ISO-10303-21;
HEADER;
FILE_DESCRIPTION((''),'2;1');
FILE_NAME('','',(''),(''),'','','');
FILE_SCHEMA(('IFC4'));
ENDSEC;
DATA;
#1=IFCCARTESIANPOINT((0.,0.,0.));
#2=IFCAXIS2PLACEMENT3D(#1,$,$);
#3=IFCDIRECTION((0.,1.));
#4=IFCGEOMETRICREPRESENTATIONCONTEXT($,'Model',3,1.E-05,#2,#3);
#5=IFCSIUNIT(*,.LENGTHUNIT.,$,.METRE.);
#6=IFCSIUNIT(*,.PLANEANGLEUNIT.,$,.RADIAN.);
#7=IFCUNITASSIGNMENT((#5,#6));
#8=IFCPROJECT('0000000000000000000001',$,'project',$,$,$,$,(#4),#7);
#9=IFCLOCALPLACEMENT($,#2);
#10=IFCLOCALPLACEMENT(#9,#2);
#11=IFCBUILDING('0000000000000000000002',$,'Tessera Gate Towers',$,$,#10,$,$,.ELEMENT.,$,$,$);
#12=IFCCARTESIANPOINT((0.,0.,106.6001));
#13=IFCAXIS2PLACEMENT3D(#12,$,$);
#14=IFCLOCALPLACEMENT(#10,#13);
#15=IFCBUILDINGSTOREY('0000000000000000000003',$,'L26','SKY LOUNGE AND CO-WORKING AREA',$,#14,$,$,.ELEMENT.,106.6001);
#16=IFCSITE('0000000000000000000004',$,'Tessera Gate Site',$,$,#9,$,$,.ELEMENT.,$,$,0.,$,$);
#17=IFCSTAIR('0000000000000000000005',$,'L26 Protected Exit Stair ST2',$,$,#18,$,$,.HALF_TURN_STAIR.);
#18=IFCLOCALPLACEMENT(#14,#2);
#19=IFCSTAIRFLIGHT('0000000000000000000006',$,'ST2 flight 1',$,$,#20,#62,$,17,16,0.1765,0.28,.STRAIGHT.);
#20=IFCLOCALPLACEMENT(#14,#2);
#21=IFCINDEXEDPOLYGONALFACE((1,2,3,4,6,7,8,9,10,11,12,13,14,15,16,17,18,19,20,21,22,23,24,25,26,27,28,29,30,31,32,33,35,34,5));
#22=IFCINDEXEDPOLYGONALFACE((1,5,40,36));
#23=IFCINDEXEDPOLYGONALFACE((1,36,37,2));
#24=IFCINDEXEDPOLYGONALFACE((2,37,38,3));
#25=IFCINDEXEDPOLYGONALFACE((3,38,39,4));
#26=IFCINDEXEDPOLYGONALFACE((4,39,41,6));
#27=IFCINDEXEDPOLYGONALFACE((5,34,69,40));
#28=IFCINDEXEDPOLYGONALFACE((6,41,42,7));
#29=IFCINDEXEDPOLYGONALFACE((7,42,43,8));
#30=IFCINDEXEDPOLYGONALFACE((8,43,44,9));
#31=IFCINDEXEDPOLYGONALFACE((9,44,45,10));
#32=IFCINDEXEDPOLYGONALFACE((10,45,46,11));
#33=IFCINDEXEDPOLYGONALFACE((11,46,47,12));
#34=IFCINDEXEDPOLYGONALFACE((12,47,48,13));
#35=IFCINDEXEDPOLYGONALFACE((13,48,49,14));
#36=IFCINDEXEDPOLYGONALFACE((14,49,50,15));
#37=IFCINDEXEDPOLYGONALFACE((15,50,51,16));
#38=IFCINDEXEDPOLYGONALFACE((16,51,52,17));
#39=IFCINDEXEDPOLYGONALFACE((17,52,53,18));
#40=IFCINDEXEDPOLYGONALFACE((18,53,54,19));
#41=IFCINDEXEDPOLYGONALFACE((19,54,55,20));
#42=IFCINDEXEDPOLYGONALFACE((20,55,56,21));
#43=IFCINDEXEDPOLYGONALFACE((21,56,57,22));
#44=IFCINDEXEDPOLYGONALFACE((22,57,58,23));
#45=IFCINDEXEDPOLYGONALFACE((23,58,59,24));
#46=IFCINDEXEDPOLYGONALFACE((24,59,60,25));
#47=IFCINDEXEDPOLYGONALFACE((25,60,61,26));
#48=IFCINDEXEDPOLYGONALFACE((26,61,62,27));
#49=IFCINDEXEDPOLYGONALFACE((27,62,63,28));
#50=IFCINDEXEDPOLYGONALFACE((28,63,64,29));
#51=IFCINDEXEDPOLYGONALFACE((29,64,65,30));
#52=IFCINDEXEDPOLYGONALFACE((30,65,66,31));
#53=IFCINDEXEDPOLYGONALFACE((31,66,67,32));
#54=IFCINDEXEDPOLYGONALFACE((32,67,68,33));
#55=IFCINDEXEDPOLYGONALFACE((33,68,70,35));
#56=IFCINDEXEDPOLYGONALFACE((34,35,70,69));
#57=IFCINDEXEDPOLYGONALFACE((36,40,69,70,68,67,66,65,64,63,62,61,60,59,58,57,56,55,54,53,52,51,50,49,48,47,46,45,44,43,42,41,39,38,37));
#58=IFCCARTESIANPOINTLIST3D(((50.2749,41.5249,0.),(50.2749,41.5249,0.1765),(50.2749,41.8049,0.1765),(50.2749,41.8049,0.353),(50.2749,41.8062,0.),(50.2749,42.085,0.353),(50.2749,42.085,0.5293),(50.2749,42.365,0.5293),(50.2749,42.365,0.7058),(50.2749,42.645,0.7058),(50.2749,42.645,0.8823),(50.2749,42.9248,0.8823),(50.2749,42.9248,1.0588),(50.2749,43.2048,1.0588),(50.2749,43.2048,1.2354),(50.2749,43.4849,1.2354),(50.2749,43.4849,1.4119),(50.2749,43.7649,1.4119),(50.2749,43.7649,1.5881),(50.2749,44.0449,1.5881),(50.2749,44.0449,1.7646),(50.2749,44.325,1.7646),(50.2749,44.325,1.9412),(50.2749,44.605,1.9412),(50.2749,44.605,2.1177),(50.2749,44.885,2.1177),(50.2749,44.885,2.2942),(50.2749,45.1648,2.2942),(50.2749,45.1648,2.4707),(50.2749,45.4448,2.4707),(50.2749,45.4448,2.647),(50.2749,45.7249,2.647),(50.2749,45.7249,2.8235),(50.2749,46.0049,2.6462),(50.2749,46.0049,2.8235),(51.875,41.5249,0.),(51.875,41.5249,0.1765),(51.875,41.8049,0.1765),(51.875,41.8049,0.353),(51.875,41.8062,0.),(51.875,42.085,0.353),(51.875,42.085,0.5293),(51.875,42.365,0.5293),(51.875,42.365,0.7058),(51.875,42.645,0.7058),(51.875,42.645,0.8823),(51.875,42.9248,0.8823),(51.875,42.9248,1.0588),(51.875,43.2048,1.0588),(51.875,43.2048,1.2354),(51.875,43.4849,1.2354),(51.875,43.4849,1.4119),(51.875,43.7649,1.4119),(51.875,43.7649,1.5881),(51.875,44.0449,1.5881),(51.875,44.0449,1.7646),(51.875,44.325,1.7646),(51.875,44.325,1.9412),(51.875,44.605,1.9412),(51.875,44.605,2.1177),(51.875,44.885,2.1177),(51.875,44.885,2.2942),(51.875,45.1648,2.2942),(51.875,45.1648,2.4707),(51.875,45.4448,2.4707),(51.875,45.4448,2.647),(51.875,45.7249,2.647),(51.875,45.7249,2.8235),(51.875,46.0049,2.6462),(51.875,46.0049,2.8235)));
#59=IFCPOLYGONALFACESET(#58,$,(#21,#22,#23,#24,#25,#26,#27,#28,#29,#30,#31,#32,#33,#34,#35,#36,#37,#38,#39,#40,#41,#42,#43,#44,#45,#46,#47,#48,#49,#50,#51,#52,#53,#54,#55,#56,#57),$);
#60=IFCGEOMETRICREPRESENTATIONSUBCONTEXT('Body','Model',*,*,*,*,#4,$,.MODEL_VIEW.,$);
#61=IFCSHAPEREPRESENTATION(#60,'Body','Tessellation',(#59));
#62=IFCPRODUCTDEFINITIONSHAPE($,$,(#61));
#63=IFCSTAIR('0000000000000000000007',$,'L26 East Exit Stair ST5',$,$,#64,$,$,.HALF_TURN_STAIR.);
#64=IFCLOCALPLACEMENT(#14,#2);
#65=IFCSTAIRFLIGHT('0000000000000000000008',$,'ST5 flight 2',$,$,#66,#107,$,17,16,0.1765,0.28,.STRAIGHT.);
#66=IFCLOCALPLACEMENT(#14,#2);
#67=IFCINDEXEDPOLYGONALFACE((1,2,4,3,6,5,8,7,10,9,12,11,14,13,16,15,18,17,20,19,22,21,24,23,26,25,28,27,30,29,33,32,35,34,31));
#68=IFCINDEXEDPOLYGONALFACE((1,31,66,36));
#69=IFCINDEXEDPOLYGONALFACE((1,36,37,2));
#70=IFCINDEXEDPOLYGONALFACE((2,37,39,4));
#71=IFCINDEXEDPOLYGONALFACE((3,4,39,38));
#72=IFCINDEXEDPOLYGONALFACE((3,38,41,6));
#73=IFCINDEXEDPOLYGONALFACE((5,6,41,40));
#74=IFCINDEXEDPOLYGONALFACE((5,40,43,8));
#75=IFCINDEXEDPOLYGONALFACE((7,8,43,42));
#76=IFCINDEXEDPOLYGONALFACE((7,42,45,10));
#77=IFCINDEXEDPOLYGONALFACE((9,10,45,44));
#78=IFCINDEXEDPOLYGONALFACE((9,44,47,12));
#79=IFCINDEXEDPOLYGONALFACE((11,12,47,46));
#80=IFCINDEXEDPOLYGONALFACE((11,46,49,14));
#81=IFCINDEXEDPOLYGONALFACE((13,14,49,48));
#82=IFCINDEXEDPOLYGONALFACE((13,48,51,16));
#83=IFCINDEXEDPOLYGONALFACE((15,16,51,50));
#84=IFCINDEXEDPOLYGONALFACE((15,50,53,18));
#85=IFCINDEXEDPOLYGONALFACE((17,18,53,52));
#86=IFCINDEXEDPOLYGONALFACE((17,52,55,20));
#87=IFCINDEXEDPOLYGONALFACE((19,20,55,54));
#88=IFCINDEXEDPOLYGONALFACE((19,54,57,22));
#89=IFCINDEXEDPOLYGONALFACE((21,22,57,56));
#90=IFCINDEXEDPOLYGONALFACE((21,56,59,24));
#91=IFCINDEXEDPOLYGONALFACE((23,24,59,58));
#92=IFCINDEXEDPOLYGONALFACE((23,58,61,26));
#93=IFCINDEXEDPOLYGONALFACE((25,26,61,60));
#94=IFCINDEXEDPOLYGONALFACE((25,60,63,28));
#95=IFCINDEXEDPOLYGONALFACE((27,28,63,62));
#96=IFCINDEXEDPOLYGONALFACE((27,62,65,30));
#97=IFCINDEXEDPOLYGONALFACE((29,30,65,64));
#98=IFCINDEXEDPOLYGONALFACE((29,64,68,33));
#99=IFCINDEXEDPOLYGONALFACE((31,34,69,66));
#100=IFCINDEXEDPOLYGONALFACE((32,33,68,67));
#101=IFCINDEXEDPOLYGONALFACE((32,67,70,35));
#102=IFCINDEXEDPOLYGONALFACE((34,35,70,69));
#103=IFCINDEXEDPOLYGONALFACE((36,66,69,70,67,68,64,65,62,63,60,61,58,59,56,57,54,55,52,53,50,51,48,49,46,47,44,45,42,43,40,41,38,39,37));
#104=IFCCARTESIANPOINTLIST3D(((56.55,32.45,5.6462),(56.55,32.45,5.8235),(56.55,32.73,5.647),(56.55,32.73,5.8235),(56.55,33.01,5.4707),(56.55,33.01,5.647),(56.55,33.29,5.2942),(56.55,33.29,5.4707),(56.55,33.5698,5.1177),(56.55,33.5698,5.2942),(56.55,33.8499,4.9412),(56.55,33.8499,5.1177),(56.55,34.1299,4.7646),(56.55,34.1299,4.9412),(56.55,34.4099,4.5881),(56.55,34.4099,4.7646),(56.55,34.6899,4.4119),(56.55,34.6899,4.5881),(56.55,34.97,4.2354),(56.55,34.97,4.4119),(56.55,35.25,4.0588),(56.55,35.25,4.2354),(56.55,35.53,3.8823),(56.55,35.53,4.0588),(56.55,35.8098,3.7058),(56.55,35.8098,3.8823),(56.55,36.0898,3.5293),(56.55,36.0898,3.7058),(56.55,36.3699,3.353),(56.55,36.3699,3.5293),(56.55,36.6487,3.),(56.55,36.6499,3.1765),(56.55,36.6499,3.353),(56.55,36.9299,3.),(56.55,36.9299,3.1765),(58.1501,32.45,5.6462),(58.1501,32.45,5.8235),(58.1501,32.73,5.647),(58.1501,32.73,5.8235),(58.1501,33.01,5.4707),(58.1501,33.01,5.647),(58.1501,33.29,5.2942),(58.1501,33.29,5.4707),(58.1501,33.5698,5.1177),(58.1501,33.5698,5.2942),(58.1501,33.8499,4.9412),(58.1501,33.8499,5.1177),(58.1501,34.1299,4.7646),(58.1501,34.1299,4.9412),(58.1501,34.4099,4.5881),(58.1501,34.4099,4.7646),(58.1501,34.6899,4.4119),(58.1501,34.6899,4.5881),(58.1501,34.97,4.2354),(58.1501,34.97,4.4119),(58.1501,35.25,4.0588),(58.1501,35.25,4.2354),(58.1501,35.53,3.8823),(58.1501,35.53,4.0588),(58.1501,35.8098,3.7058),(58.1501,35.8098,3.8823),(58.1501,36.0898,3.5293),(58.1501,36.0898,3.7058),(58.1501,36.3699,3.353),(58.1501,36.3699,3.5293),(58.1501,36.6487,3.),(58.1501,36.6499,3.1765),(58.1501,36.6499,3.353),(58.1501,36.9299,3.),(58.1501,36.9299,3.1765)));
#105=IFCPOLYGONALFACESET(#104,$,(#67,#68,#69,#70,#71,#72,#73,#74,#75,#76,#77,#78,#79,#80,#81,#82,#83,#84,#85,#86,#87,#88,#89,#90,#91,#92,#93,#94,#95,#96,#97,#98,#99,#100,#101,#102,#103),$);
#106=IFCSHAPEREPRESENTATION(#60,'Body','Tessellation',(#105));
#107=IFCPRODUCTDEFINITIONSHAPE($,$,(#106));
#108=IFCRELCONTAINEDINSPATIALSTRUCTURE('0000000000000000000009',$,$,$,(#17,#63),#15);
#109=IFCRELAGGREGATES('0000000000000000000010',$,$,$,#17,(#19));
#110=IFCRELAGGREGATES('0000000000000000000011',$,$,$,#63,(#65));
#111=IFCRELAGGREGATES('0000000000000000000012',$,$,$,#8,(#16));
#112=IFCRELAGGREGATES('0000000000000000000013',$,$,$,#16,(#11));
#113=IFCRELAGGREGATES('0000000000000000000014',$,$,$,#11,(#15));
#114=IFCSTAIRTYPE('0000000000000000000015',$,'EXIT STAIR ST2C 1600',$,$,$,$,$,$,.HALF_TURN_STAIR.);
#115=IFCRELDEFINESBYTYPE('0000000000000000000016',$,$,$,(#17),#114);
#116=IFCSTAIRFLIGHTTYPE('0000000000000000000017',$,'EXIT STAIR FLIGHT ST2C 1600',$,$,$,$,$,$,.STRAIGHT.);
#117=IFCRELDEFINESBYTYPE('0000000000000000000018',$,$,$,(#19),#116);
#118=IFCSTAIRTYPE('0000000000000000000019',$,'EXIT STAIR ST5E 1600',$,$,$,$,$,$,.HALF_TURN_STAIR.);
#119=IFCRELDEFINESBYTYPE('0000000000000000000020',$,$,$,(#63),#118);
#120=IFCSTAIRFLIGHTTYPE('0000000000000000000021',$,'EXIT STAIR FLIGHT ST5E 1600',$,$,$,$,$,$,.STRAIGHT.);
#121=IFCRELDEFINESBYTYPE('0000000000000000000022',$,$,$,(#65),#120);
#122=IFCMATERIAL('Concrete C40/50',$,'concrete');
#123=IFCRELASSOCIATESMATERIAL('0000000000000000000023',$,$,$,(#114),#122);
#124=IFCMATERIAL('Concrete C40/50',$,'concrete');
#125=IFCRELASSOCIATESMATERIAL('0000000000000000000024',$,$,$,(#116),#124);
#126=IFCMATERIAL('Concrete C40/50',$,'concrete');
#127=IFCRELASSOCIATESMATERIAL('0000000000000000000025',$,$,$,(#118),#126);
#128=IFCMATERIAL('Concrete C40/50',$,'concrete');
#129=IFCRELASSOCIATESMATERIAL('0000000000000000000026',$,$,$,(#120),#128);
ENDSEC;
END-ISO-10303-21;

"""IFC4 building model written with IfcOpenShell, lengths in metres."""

from ifc_helpers import new_model, si_unit, direction, frame, origin, place, context, subcontext, project, spatial, polyline, outline, extrude, material, type_object, element, aggregate, save


model = new_model("IFC4")

# Units and contexts
model_context = context("Model", 3, precision=1e-05, world=origin(), true_north=direction((0.0, 1.0)))
body_context = subcontext(model_context, "Body", "Model", "MODEL_VIEW")
ifc_project = project(units=[si_unit("LENGTHUNIT", "METRE"), si_unit("PLANEANGLEUNIT", "RADIAN")], contexts=[model_context])

# Site, building, storey
site_placement = place(None, origin())
site = spatial("IfcSite", under=ifc_project, at=site_placement, Name="Tessera Gate Site", CompositionType="ELEMENT", RefElevation=0.0)
building_placement = place(site_placement, origin())
building = spatial("IfcBuilding", under=site, at=building_placement, Name="Tessera Gate Towers", CompositionType="ELEMENT")
storey_placement = place(building_placement, frame((0.0, 0.0, 106.6001)))
storey = spatial("IfcBuildingStorey", under=building, at=storey_placement, Name="L26", Description="SKY LOUNGE AND CO-WORKING AREA", CompositionType="ELEMENT", Elevation=106.6001)

# Stairs, stair flights
ifc_material_1 = material(Name="Concrete C40/50", Category="concrete")
stair_type_1 = type_object("IfcStairType", Name="EXIT STAIR ST2C 1600", PredefinedType="HALF_TURN_STAIR", material=ifc_material_1)
stair_1_placement = place(storey_placement, origin())
stair_1 = element("IfcStair", 1, at=stair_1_placement, inside=storey, type_object=stair_type_1, Name="L26 Protected Exit Stair ST2", PredefinedType="HALF_TURN_STAIR")
ifc_material_2 = material(Name="Concrete C40/50", Category="concrete")
stair_flight_type_1 = type_object("IfcStairFlightType", Name="EXIT STAIR FLIGHT ST2C 1600", PredefinedType="STRAIGHT", material=ifc_material_2)
stair_flight_1_placement = place(storey_placement, frame((51.075, 41.5249, 0.0), z_axis=(0.0, 0.0, 1.0), x_axis=(0.0, 1.0, 0.0)))
stair_flight_1 = element("IfcStairFlight", 2, at=stair_flight_1_placement, type_object=stair_flight_type_1, Name="ST2 flight 1", NumberOfRisers=17, NumberOfTreads=16, PredefinedType="STRAIGHT", RiserHeight=0.1765, TreadLength=0.28, context=body_context, shape_type="SweptSolid", body=[
    extrude(outline(polyline([(0.0, 0.0), (0.0, 0.1765), (0.28, 0.1765), (0.28, 0.353), (0.5601, 0.353), (0.5601, 0.5293), (0.8401, 0.5293), (0.8401, 0.7058), (1.1201, 0.7058), (1.1201, 0.8823), (1.3999, 0.8823), (1.3999, 1.0588), (1.6799, 1.0588), (1.6799, 1.2354), (1.96, 1.2354), (1.96, 1.4119), (2.24, 1.4119), (2.24, 1.5881), (2.52, 1.5881), (2.52, 1.7646), (2.8, 1.7646), (2.8, 1.9412), (3.0801, 1.9412), (3.0801, 2.1177), (3.3601, 2.1177), (3.3601, 2.2942), (3.6399, 2.2942), (3.6399, 2.4707), (3.9199, 2.4707), (3.9199, 2.647), (4.2, 2.647), (4.2, 2.8235), (4.48, 2.8235), (4.48, 3.0), (4.48, 2.6462), (0.2812, 0.0), (0.0, 0.0)])), frame((0.0, 0.8, 0.0), z_axis=(0.0, -1.0, 0.0), x_axis=(1.0, 0.0, 0.0)), (0.0, 0.0, 1.0), 1.6001),
])
aggregate(stair_1, [stair_flight_1])
ifc_material_3 = material(Name="Concrete C40/50", Category="concrete")
stair_type_2 = type_object("IfcStairType", Name="EXIT STAIR ST5E 1600", PredefinedType="HALF_TURN_STAIR", material=ifc_material_3)
stair_2_placement = place(storey_placement, origin())
stair_2 = element("IfcStair", 3, at=stair_2_placement, inside=storey, type_object=stair_type_2, Name="L26 East Exit Stair ST5", PredefinedType="HALF_TURN_STAIR")
ifc_material_4 = material(Name="Concrete C40/50", Category="concrete")
stair_flight_type_2 = type_object("IfcStairFlightType", Name="EXIT STAIR FLIGHT ST5E 1600", PredefinedType="STRAIGHT", material=ifc_material_4)
stair_flight_2_placement = place(storey_placement, frame((57.3501, 36.9299, 3.0), z_axis=(0.0, 0.0, 1.0), x_axis=(0.0, -1.0, 0.0)))
stair_flight_2 = element("IfcStairFlight", 4, at=stair_flight_2_placement, type_object=stair_flight_type_2, Name="ST5 flight 2", NumberOfRisers=17, NumberOfTreads=16, PredefinedType="STRAIGHT", RiserHeight=0.1765, TreadLength=0.28, context=body_context, shape_type="SweptSolid", body=[
    extrude(outline(polyline([(0.0, 0.0), (0.0, 0.1765), (0.28, 0.1765), (0.28, 0.353), (0.5601, 0.353), (0.5601, 0.5293), (0.8401, 0.5293), (0.8401, 0.7058), (1.1201, 0.7058), (1.1201, 0.8823), (1.3999, 0.8823), (1.3999, 1.0588), (1.6799, 1.0588), (1.6799, 1.2354), (1.96, 1.2354), (1.96, 1.4119), (2.24, 1.4119), (2.24, 1.5881), (2.52, 1.5881), (2.52, 1.7646), (2.8, 1.7646), (2.8, 1.9412), (3.0801, 1.9412), (3.0801, 2.1177), (3.3601, 2.1177), (3.3601, 2.2942), (3.6399, 2.2942), (3.6399, 2.4707), (3.9199, 2.4707), (3.9199, 2.647), (4.2, 2.647), (4.2, 2.8235), (4.48, 2.8235), (4.48, 3.0), (4.48, 2.6462), (0.2812, 0.0), (0.0, 0.0)])), frame((0.0, 0.8, 0.0), z_axis=(0.0, -1.0, 0.0), x_axis=(1.0, 0.0, 0.0)), (0.0, 0.0, 1.0), 1.6001),
])
aggregate(stair_2, [stair_flight_2])

save(model, "model.ifc")
